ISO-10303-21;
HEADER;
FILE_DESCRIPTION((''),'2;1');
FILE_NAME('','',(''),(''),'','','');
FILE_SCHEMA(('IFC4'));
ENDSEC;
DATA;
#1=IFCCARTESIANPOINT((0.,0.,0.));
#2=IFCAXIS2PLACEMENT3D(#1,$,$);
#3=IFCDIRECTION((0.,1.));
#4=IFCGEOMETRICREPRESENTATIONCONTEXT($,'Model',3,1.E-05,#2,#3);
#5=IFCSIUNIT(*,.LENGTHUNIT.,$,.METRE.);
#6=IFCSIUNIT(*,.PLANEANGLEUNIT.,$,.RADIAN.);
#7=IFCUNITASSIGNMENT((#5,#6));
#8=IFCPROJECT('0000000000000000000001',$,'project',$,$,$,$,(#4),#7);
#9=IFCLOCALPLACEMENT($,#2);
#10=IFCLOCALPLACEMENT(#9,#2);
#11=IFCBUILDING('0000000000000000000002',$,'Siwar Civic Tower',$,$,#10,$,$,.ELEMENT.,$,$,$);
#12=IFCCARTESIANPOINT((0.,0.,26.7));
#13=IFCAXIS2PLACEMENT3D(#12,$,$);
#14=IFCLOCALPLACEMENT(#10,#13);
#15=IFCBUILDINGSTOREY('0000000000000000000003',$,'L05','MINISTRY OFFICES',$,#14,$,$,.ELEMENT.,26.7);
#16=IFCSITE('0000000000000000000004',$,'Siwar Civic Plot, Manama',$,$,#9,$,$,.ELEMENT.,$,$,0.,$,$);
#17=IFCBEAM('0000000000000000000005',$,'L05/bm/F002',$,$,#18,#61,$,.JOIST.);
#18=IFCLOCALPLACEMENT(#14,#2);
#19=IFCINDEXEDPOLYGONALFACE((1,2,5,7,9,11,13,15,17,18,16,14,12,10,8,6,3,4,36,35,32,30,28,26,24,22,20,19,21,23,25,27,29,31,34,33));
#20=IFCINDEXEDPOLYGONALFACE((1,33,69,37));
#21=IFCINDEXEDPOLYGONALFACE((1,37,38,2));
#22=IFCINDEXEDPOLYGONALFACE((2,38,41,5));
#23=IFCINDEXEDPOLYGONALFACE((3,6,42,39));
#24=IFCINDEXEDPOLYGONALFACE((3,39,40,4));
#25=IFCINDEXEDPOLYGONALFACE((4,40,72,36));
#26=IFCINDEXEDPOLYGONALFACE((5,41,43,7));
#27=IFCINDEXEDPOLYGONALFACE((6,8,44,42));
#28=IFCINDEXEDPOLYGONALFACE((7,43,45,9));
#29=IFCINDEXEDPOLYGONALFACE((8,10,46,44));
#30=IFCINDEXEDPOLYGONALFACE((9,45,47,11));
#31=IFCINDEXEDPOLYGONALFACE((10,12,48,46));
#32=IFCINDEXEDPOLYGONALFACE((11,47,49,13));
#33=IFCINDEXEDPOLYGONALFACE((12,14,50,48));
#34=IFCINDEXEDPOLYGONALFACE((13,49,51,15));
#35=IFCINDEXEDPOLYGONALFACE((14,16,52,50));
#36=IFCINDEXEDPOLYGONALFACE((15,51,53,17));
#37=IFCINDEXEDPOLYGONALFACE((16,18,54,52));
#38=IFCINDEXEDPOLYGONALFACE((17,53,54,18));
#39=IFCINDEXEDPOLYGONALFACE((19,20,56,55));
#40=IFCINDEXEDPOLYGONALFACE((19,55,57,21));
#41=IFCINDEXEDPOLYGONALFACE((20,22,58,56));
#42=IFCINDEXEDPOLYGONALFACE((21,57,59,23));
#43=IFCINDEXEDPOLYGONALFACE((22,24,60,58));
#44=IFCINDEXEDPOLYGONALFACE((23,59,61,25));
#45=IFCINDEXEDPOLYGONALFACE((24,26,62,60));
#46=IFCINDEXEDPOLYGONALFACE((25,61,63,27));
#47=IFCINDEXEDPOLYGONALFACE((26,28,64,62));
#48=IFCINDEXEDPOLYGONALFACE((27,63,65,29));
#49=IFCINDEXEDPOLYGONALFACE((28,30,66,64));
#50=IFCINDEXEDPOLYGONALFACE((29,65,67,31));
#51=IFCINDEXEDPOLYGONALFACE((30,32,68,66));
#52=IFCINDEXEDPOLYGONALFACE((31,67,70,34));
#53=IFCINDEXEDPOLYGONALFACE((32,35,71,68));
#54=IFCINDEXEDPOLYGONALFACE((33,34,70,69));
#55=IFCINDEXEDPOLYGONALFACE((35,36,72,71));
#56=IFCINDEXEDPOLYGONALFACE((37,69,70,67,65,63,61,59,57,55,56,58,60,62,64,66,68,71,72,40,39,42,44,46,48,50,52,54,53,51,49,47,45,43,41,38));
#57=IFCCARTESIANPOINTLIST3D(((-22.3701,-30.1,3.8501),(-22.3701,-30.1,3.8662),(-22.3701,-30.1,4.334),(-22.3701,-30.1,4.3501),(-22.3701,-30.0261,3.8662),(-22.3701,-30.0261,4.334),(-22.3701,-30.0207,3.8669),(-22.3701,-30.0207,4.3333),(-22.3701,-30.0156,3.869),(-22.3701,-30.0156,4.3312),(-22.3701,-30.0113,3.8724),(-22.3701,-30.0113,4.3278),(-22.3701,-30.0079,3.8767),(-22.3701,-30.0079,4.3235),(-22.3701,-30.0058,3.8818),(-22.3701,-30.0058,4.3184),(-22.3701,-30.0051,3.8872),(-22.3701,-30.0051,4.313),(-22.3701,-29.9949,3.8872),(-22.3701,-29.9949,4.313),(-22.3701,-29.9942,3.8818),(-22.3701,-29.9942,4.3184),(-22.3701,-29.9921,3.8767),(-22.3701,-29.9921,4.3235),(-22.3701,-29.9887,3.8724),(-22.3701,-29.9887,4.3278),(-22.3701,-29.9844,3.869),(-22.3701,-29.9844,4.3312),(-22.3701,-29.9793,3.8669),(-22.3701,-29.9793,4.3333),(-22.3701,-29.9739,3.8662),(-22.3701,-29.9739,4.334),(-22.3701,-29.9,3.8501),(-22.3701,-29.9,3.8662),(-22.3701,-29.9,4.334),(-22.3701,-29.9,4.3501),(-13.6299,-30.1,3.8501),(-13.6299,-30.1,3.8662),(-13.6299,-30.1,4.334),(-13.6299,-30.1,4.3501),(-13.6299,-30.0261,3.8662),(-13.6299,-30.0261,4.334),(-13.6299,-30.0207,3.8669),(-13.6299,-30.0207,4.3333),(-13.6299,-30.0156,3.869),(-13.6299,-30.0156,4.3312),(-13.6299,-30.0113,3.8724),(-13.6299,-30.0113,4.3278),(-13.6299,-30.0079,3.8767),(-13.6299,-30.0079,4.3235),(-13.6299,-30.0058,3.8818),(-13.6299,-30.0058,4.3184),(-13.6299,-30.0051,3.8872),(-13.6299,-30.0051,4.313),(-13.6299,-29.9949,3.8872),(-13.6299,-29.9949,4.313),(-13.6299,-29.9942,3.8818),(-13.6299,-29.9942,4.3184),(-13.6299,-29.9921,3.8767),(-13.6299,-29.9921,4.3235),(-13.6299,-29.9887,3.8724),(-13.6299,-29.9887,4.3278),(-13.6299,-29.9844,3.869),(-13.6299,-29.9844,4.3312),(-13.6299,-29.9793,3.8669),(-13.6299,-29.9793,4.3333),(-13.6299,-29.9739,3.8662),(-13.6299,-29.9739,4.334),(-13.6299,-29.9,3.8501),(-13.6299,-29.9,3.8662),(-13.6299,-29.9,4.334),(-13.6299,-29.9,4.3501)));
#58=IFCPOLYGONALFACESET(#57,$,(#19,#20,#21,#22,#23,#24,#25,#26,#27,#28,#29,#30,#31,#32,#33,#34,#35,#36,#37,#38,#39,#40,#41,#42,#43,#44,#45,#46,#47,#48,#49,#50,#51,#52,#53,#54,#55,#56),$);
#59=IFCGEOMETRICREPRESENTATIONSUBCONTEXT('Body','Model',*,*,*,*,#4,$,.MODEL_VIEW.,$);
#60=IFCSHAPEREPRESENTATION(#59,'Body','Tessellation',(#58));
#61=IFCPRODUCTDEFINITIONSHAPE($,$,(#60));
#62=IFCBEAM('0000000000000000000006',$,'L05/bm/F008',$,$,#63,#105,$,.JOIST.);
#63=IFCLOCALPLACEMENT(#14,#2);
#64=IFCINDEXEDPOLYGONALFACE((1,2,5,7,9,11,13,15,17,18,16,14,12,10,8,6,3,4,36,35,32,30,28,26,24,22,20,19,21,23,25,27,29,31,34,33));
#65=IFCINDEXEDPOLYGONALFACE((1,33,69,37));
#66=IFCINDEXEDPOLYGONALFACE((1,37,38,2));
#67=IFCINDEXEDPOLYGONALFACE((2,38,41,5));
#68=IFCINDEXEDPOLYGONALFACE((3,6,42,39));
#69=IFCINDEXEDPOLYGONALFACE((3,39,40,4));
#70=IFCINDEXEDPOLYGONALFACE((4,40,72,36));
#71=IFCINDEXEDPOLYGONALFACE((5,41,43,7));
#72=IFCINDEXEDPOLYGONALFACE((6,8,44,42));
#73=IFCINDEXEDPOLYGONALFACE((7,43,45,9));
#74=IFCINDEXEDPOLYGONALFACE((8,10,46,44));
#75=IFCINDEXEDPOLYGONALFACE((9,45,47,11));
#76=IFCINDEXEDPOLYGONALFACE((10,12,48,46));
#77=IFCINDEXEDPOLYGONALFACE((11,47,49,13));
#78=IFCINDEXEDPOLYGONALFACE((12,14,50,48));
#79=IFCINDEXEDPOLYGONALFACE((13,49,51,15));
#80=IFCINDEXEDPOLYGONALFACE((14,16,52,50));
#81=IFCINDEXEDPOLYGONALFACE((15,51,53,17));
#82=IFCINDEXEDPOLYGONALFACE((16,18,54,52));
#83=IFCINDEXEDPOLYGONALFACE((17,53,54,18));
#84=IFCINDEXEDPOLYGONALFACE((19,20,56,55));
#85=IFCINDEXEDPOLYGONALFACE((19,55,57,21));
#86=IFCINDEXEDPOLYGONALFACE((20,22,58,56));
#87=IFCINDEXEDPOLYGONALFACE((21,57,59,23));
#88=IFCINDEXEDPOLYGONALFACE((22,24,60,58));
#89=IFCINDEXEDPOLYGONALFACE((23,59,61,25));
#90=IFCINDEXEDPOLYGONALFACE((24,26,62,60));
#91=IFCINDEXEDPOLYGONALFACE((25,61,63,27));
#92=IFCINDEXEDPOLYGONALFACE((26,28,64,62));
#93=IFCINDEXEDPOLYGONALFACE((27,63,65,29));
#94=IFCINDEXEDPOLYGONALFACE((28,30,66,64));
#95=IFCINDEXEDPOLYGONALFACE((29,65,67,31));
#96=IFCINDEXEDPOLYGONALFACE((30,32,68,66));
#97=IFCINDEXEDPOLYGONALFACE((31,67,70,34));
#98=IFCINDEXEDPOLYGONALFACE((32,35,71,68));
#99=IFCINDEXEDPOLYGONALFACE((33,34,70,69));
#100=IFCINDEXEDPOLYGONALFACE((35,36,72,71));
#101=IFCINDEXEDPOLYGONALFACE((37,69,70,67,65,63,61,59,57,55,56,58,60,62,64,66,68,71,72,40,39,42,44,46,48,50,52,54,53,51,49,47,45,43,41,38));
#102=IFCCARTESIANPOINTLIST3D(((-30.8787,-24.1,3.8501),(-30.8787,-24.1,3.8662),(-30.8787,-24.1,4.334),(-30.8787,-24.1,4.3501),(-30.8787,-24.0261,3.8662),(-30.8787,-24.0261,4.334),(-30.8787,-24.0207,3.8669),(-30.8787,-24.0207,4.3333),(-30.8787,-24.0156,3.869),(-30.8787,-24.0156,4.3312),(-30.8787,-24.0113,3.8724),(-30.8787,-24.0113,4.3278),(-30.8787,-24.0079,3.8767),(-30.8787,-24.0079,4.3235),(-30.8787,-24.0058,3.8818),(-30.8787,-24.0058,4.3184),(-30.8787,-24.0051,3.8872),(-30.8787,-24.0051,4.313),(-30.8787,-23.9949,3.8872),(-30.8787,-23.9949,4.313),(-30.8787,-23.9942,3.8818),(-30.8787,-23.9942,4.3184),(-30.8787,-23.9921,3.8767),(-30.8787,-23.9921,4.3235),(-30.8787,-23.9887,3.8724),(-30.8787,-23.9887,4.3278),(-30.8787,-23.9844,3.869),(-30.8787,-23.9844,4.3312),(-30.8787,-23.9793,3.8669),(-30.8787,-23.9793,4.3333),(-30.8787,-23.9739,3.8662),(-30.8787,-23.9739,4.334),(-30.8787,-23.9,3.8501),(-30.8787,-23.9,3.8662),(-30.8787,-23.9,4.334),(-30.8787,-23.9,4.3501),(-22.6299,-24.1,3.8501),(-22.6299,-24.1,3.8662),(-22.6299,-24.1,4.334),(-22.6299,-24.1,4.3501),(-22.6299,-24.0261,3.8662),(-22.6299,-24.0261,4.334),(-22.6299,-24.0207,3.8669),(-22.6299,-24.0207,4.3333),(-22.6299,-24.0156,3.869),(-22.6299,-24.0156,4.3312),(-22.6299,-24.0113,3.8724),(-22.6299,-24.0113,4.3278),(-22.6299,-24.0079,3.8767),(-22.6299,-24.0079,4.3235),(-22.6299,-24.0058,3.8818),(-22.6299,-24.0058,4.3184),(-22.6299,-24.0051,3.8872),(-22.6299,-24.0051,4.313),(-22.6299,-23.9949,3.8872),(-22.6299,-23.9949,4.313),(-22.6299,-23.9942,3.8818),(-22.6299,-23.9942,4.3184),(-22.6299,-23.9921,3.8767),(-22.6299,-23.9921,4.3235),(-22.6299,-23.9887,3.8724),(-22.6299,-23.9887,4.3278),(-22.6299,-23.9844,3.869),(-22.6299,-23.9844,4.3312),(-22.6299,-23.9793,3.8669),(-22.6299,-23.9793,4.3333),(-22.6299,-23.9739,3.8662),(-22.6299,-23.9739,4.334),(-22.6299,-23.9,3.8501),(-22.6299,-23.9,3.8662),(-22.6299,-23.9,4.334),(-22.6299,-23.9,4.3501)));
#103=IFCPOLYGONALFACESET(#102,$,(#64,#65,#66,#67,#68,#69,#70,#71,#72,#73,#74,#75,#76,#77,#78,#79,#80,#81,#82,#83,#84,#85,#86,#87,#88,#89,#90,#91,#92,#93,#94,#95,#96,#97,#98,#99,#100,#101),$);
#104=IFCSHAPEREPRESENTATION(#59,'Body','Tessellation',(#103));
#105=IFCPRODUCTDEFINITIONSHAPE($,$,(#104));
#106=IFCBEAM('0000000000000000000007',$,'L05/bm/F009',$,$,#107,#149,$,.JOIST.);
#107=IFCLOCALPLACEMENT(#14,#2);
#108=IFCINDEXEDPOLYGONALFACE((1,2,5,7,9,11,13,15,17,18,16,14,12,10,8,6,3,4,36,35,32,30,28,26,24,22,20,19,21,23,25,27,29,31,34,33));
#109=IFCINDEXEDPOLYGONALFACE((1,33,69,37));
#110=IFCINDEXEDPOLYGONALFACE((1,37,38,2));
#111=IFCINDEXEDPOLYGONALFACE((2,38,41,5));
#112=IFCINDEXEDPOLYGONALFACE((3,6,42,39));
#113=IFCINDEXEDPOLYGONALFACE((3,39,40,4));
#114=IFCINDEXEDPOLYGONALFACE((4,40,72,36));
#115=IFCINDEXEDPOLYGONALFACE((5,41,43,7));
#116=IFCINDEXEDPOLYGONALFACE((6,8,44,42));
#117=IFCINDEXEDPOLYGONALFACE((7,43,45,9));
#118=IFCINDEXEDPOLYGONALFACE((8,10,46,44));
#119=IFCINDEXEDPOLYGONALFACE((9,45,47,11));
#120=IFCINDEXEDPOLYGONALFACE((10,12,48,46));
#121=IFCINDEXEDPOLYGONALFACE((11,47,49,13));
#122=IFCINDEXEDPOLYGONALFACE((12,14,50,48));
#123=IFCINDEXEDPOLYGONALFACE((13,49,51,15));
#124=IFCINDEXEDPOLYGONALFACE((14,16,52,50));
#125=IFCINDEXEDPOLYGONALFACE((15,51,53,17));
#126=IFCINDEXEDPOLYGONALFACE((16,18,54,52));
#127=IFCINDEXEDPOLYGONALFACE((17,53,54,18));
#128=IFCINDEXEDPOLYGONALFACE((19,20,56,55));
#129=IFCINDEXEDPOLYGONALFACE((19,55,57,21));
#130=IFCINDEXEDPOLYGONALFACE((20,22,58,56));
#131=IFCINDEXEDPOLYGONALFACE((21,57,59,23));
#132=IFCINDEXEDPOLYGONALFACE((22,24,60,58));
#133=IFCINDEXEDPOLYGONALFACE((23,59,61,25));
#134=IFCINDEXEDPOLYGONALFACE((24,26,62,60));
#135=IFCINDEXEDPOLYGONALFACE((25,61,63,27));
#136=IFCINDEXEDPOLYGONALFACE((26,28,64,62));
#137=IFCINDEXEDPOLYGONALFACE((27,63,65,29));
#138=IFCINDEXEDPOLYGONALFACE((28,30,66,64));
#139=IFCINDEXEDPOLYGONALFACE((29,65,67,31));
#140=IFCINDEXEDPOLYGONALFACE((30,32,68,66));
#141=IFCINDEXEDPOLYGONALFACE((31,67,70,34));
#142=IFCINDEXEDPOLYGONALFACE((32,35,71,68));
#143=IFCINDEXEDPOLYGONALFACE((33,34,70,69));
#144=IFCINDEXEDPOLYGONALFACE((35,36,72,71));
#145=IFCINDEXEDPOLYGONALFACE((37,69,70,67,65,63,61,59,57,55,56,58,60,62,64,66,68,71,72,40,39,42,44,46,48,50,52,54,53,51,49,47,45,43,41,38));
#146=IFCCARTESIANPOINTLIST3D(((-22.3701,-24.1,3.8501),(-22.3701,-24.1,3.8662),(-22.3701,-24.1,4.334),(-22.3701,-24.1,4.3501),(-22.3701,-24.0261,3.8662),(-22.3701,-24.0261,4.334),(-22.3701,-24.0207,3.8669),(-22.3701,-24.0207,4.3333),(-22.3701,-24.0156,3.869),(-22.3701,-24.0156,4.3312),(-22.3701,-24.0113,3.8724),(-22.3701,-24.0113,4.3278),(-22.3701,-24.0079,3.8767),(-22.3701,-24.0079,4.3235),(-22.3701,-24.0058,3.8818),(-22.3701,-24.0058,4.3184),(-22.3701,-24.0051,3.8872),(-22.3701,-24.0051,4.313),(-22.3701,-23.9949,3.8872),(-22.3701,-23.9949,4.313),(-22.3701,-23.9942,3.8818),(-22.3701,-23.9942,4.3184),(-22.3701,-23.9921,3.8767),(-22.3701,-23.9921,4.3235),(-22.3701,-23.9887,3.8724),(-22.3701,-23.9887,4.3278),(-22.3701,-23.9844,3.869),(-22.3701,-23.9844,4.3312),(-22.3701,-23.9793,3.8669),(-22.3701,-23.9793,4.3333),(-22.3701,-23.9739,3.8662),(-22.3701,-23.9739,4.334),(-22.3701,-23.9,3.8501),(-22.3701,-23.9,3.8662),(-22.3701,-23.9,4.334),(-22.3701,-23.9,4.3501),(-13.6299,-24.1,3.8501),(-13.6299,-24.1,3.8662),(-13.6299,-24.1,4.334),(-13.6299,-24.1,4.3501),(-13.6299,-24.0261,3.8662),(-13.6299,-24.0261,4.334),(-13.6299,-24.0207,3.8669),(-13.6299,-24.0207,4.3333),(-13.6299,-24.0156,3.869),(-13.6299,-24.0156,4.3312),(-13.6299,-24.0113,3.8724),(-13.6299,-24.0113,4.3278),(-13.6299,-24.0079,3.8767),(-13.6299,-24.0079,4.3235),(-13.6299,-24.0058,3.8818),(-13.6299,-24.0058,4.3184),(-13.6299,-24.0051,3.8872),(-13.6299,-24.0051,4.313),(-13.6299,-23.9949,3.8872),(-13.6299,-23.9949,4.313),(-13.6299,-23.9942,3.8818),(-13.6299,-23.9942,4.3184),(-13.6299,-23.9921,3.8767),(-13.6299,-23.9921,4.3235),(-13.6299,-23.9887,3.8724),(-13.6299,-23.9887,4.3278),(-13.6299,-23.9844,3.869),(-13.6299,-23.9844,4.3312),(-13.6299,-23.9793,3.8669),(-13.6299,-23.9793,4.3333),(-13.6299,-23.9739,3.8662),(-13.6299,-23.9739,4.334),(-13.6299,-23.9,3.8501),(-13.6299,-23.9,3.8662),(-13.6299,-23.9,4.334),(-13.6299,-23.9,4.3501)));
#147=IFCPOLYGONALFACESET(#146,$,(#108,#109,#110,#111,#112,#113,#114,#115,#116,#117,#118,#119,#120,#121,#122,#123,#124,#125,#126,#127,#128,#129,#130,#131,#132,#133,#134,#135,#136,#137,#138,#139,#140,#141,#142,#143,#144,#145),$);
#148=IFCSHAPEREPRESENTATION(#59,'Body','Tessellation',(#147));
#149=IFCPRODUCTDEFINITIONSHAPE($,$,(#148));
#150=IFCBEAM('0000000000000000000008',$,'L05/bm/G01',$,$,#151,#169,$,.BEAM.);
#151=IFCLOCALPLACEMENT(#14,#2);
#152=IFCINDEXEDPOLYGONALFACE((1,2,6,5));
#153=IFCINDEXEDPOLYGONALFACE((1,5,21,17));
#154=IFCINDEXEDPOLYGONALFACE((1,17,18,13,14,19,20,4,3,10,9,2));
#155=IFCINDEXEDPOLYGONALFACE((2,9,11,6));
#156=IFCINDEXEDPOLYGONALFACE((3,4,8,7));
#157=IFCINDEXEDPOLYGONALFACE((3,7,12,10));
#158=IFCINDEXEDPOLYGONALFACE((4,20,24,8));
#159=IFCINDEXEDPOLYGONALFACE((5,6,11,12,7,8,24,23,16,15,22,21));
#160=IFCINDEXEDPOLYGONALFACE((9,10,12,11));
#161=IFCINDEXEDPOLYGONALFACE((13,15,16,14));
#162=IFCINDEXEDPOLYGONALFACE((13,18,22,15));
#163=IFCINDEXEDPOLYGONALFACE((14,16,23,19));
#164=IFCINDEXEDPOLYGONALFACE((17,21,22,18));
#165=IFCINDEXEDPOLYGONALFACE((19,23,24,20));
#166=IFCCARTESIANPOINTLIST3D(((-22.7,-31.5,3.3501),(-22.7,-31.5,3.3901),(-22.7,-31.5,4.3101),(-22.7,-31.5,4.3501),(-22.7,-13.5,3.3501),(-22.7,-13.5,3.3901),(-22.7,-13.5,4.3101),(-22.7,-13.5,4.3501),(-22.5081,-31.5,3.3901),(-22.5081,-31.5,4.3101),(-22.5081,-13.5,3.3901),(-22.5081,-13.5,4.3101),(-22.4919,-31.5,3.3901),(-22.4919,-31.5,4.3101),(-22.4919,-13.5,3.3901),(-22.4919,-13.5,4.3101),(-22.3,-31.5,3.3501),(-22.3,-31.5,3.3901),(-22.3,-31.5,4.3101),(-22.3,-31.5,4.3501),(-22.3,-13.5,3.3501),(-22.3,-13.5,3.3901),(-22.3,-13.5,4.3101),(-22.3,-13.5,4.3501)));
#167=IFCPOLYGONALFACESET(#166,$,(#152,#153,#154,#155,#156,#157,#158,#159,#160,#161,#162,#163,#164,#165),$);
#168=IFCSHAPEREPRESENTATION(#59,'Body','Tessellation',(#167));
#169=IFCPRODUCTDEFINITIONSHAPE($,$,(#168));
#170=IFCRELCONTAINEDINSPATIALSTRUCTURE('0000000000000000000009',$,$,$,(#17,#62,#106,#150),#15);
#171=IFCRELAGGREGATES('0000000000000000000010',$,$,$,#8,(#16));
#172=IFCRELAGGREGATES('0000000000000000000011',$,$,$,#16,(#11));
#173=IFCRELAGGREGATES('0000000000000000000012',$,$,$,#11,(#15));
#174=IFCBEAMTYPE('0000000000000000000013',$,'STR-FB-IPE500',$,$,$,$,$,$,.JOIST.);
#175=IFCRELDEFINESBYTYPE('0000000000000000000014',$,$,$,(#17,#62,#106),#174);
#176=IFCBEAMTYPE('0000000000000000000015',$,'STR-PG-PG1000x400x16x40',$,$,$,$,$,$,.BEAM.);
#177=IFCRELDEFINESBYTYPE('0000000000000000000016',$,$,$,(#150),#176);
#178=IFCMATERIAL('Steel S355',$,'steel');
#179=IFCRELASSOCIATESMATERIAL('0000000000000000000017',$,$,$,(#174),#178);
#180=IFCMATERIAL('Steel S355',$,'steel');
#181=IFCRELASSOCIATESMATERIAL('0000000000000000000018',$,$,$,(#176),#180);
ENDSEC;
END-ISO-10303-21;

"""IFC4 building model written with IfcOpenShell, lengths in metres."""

from ifc_helpers import new_model, si_unit, direction, frame, origin, origin_2d, place, context, subcontext, project, spatial, i_section, extrude, material, material_profile, profile_set, type_object, element, save


model = new_model("IFC4")

# Units and contexts
model_context = context("Model", 3, precision=1e-05, world=origin(), true_north=direction((0.0, 1.0)))
body_context = subcontext(model_context, "Body", "Model", "MODEL_VIEW")
ifc_project = project(units=[si_unit("LENGTHUNIT", "METRE"), si_unit("PLANEANGLEUNIT", "RADIAN")], contexts=[model_context])

# Site, building, storey
site_placement = place(None, origin())
site = spatial("IfcSite", under=ifc_project, at=site_placement, Name="Siwar Civic Plot, Manama", CompositionType="ELEMENT", RefElevation=0.0)
building_placement = place(site_placement, origin())
building = spatial("IfcBuilding", under=site, at=building_placement, Name="Siwar Civic Tower", CompositionType="ELEMENT")
storey_placement = place(building_placement, frame((0.0, 0.0, 26.7)))
storey = spatial("IfcBuildingStorey", under=building, at=storey_placement, Name="L05", Description="MINISTRY OFFICES", CompositionType="ELEMENT", Elevation=26.7)

# Beams
ifc_material_1 = material(Name="Steel S355", Category="steel")
ifc_material_profile_1 = material_profile(ifc_material_1, i_section(OverallWidth=0.2, OverallDepth=0.5, WebThickness=0.0103, FlangeThickness=0.0161, FilletRadius=0.021, at=origin_2d()), Name="IPE500")
ifc_profile_set_1 = profile_set([ifc_material_profile_1], Name="Steel S355")
beam_type_1 = type_object("IfcBeamType", Name="STR-FB-IPE500", PredefinedType="JOIST", material=ifc_profile_set_1)
beam_1_placement = place(storey_placement, frame((-22.3701, -30.0, 4.1001), z_axis=(1.0, 0.0, 0.0), x_axis=(0.0, 1.0, 0.0)))
element("IfcBeam", 1, at=beam_1_placement, inside=storey, type_object=beam_type_1, Name="L05/bm/F002", PredefinedType="JOIST", context=body_context, shape_type="SweptSolid", body=[
    extrude(i_section(OverallWidth=0.2, OverallDepth=0.5, WebThickness=0.0103, FlangeThickness=0.0161, FilletRadius=0.021, at=origin_2d()), origin(), (0.0, 0.0, 1.0), 8.7402),
])
beam_2_placement = place(storey_placement, frame((-30.8787, -24.0, 4.1001), z_axis=(1.0, 0.0, 0.0), x_axis=(0.0, 1.0, 0.0)))
element("IfcBeam", 2, at=beam_2_placement, inside=storey, type_object=beam_type_1, Name="L05/bm/F008", PredefinedType="JOIST", context=body_context, shape_type="SweptSolid", body=[
    extrude(i_section(OverallWidth=0.2, OverallDepth=0.5, WebThickness=0.0103, FlangeThickness=0.0161, FilletRadius=0.021, at=origin_2d()), origin(), (0.0, 0.0, 1.0), 8.2488),
])
beam_3_placement = place(storey_placement, frame((-22.3701, -24.0, 4.1001), z_axis=(1.0, 0.0, 0.0), x_axis=(0.0, 1.0, 0.0)))
element("IfcBeam", 3, at=beam_3_placement, inside=storey, type_object=beam_type_1, Name="L05/bm/F009", PredefinedType="JOIST", context=body_context, shape_type="SweptSolid", body=[
    extrude(i_section(OverallWidth=0.2, OverallDepth=0.5, WebThickness=0.0103, FlangeThickness=0.0161, FilletRadius=0.021, at=origin_2d()), origin(), (0.0, 0.0, 1.0), 8.7402),
])
ifc_material_2 = material(Name="Steel S355", Category="steel")
ifc_material_profile_2 = material_profile(ifc_material_2, i_section(OverallWidth=0.3999, OverallDepth=1.0, WebThickness=0.0161, FlangeThickness=0.04, at=origin_2d()), Name="PG1000x400x16x40")
ifc_profile_set_2 = profile_set([ifc_material_profile_2], Name="Steel S355")
beam_type_2 = type_object("IfcBeamType", Name="STR-PG-PG1000x400x16x40", PredefinedType="BEAM", material=ifc_profile_set_2)
beam_4_placement = place(storey_placement, frame((-22.5, -31.5, 3.8501), z_axis=(0.0, 1.0, 0.0), x_axis=(-1.0, 0.0, 0.0)))
element("IfcBeam", 4, at=beam_4_placement, inside=storey, type_object=beam_type_2, Name="L05/bm/G01", PredefinedType="BEAM", context=body_context, shape_type="SweptSolid", body=[
    extrude(i_section(OverallWidth=0.3999, OverallDepth=1.0, WebThickness=0.0161, FlangeThickness=0.04, at=origin_2d()), origin(), (0.0, 0.0, 1.0), 18.0),
])

save(model, "model.ifc")
